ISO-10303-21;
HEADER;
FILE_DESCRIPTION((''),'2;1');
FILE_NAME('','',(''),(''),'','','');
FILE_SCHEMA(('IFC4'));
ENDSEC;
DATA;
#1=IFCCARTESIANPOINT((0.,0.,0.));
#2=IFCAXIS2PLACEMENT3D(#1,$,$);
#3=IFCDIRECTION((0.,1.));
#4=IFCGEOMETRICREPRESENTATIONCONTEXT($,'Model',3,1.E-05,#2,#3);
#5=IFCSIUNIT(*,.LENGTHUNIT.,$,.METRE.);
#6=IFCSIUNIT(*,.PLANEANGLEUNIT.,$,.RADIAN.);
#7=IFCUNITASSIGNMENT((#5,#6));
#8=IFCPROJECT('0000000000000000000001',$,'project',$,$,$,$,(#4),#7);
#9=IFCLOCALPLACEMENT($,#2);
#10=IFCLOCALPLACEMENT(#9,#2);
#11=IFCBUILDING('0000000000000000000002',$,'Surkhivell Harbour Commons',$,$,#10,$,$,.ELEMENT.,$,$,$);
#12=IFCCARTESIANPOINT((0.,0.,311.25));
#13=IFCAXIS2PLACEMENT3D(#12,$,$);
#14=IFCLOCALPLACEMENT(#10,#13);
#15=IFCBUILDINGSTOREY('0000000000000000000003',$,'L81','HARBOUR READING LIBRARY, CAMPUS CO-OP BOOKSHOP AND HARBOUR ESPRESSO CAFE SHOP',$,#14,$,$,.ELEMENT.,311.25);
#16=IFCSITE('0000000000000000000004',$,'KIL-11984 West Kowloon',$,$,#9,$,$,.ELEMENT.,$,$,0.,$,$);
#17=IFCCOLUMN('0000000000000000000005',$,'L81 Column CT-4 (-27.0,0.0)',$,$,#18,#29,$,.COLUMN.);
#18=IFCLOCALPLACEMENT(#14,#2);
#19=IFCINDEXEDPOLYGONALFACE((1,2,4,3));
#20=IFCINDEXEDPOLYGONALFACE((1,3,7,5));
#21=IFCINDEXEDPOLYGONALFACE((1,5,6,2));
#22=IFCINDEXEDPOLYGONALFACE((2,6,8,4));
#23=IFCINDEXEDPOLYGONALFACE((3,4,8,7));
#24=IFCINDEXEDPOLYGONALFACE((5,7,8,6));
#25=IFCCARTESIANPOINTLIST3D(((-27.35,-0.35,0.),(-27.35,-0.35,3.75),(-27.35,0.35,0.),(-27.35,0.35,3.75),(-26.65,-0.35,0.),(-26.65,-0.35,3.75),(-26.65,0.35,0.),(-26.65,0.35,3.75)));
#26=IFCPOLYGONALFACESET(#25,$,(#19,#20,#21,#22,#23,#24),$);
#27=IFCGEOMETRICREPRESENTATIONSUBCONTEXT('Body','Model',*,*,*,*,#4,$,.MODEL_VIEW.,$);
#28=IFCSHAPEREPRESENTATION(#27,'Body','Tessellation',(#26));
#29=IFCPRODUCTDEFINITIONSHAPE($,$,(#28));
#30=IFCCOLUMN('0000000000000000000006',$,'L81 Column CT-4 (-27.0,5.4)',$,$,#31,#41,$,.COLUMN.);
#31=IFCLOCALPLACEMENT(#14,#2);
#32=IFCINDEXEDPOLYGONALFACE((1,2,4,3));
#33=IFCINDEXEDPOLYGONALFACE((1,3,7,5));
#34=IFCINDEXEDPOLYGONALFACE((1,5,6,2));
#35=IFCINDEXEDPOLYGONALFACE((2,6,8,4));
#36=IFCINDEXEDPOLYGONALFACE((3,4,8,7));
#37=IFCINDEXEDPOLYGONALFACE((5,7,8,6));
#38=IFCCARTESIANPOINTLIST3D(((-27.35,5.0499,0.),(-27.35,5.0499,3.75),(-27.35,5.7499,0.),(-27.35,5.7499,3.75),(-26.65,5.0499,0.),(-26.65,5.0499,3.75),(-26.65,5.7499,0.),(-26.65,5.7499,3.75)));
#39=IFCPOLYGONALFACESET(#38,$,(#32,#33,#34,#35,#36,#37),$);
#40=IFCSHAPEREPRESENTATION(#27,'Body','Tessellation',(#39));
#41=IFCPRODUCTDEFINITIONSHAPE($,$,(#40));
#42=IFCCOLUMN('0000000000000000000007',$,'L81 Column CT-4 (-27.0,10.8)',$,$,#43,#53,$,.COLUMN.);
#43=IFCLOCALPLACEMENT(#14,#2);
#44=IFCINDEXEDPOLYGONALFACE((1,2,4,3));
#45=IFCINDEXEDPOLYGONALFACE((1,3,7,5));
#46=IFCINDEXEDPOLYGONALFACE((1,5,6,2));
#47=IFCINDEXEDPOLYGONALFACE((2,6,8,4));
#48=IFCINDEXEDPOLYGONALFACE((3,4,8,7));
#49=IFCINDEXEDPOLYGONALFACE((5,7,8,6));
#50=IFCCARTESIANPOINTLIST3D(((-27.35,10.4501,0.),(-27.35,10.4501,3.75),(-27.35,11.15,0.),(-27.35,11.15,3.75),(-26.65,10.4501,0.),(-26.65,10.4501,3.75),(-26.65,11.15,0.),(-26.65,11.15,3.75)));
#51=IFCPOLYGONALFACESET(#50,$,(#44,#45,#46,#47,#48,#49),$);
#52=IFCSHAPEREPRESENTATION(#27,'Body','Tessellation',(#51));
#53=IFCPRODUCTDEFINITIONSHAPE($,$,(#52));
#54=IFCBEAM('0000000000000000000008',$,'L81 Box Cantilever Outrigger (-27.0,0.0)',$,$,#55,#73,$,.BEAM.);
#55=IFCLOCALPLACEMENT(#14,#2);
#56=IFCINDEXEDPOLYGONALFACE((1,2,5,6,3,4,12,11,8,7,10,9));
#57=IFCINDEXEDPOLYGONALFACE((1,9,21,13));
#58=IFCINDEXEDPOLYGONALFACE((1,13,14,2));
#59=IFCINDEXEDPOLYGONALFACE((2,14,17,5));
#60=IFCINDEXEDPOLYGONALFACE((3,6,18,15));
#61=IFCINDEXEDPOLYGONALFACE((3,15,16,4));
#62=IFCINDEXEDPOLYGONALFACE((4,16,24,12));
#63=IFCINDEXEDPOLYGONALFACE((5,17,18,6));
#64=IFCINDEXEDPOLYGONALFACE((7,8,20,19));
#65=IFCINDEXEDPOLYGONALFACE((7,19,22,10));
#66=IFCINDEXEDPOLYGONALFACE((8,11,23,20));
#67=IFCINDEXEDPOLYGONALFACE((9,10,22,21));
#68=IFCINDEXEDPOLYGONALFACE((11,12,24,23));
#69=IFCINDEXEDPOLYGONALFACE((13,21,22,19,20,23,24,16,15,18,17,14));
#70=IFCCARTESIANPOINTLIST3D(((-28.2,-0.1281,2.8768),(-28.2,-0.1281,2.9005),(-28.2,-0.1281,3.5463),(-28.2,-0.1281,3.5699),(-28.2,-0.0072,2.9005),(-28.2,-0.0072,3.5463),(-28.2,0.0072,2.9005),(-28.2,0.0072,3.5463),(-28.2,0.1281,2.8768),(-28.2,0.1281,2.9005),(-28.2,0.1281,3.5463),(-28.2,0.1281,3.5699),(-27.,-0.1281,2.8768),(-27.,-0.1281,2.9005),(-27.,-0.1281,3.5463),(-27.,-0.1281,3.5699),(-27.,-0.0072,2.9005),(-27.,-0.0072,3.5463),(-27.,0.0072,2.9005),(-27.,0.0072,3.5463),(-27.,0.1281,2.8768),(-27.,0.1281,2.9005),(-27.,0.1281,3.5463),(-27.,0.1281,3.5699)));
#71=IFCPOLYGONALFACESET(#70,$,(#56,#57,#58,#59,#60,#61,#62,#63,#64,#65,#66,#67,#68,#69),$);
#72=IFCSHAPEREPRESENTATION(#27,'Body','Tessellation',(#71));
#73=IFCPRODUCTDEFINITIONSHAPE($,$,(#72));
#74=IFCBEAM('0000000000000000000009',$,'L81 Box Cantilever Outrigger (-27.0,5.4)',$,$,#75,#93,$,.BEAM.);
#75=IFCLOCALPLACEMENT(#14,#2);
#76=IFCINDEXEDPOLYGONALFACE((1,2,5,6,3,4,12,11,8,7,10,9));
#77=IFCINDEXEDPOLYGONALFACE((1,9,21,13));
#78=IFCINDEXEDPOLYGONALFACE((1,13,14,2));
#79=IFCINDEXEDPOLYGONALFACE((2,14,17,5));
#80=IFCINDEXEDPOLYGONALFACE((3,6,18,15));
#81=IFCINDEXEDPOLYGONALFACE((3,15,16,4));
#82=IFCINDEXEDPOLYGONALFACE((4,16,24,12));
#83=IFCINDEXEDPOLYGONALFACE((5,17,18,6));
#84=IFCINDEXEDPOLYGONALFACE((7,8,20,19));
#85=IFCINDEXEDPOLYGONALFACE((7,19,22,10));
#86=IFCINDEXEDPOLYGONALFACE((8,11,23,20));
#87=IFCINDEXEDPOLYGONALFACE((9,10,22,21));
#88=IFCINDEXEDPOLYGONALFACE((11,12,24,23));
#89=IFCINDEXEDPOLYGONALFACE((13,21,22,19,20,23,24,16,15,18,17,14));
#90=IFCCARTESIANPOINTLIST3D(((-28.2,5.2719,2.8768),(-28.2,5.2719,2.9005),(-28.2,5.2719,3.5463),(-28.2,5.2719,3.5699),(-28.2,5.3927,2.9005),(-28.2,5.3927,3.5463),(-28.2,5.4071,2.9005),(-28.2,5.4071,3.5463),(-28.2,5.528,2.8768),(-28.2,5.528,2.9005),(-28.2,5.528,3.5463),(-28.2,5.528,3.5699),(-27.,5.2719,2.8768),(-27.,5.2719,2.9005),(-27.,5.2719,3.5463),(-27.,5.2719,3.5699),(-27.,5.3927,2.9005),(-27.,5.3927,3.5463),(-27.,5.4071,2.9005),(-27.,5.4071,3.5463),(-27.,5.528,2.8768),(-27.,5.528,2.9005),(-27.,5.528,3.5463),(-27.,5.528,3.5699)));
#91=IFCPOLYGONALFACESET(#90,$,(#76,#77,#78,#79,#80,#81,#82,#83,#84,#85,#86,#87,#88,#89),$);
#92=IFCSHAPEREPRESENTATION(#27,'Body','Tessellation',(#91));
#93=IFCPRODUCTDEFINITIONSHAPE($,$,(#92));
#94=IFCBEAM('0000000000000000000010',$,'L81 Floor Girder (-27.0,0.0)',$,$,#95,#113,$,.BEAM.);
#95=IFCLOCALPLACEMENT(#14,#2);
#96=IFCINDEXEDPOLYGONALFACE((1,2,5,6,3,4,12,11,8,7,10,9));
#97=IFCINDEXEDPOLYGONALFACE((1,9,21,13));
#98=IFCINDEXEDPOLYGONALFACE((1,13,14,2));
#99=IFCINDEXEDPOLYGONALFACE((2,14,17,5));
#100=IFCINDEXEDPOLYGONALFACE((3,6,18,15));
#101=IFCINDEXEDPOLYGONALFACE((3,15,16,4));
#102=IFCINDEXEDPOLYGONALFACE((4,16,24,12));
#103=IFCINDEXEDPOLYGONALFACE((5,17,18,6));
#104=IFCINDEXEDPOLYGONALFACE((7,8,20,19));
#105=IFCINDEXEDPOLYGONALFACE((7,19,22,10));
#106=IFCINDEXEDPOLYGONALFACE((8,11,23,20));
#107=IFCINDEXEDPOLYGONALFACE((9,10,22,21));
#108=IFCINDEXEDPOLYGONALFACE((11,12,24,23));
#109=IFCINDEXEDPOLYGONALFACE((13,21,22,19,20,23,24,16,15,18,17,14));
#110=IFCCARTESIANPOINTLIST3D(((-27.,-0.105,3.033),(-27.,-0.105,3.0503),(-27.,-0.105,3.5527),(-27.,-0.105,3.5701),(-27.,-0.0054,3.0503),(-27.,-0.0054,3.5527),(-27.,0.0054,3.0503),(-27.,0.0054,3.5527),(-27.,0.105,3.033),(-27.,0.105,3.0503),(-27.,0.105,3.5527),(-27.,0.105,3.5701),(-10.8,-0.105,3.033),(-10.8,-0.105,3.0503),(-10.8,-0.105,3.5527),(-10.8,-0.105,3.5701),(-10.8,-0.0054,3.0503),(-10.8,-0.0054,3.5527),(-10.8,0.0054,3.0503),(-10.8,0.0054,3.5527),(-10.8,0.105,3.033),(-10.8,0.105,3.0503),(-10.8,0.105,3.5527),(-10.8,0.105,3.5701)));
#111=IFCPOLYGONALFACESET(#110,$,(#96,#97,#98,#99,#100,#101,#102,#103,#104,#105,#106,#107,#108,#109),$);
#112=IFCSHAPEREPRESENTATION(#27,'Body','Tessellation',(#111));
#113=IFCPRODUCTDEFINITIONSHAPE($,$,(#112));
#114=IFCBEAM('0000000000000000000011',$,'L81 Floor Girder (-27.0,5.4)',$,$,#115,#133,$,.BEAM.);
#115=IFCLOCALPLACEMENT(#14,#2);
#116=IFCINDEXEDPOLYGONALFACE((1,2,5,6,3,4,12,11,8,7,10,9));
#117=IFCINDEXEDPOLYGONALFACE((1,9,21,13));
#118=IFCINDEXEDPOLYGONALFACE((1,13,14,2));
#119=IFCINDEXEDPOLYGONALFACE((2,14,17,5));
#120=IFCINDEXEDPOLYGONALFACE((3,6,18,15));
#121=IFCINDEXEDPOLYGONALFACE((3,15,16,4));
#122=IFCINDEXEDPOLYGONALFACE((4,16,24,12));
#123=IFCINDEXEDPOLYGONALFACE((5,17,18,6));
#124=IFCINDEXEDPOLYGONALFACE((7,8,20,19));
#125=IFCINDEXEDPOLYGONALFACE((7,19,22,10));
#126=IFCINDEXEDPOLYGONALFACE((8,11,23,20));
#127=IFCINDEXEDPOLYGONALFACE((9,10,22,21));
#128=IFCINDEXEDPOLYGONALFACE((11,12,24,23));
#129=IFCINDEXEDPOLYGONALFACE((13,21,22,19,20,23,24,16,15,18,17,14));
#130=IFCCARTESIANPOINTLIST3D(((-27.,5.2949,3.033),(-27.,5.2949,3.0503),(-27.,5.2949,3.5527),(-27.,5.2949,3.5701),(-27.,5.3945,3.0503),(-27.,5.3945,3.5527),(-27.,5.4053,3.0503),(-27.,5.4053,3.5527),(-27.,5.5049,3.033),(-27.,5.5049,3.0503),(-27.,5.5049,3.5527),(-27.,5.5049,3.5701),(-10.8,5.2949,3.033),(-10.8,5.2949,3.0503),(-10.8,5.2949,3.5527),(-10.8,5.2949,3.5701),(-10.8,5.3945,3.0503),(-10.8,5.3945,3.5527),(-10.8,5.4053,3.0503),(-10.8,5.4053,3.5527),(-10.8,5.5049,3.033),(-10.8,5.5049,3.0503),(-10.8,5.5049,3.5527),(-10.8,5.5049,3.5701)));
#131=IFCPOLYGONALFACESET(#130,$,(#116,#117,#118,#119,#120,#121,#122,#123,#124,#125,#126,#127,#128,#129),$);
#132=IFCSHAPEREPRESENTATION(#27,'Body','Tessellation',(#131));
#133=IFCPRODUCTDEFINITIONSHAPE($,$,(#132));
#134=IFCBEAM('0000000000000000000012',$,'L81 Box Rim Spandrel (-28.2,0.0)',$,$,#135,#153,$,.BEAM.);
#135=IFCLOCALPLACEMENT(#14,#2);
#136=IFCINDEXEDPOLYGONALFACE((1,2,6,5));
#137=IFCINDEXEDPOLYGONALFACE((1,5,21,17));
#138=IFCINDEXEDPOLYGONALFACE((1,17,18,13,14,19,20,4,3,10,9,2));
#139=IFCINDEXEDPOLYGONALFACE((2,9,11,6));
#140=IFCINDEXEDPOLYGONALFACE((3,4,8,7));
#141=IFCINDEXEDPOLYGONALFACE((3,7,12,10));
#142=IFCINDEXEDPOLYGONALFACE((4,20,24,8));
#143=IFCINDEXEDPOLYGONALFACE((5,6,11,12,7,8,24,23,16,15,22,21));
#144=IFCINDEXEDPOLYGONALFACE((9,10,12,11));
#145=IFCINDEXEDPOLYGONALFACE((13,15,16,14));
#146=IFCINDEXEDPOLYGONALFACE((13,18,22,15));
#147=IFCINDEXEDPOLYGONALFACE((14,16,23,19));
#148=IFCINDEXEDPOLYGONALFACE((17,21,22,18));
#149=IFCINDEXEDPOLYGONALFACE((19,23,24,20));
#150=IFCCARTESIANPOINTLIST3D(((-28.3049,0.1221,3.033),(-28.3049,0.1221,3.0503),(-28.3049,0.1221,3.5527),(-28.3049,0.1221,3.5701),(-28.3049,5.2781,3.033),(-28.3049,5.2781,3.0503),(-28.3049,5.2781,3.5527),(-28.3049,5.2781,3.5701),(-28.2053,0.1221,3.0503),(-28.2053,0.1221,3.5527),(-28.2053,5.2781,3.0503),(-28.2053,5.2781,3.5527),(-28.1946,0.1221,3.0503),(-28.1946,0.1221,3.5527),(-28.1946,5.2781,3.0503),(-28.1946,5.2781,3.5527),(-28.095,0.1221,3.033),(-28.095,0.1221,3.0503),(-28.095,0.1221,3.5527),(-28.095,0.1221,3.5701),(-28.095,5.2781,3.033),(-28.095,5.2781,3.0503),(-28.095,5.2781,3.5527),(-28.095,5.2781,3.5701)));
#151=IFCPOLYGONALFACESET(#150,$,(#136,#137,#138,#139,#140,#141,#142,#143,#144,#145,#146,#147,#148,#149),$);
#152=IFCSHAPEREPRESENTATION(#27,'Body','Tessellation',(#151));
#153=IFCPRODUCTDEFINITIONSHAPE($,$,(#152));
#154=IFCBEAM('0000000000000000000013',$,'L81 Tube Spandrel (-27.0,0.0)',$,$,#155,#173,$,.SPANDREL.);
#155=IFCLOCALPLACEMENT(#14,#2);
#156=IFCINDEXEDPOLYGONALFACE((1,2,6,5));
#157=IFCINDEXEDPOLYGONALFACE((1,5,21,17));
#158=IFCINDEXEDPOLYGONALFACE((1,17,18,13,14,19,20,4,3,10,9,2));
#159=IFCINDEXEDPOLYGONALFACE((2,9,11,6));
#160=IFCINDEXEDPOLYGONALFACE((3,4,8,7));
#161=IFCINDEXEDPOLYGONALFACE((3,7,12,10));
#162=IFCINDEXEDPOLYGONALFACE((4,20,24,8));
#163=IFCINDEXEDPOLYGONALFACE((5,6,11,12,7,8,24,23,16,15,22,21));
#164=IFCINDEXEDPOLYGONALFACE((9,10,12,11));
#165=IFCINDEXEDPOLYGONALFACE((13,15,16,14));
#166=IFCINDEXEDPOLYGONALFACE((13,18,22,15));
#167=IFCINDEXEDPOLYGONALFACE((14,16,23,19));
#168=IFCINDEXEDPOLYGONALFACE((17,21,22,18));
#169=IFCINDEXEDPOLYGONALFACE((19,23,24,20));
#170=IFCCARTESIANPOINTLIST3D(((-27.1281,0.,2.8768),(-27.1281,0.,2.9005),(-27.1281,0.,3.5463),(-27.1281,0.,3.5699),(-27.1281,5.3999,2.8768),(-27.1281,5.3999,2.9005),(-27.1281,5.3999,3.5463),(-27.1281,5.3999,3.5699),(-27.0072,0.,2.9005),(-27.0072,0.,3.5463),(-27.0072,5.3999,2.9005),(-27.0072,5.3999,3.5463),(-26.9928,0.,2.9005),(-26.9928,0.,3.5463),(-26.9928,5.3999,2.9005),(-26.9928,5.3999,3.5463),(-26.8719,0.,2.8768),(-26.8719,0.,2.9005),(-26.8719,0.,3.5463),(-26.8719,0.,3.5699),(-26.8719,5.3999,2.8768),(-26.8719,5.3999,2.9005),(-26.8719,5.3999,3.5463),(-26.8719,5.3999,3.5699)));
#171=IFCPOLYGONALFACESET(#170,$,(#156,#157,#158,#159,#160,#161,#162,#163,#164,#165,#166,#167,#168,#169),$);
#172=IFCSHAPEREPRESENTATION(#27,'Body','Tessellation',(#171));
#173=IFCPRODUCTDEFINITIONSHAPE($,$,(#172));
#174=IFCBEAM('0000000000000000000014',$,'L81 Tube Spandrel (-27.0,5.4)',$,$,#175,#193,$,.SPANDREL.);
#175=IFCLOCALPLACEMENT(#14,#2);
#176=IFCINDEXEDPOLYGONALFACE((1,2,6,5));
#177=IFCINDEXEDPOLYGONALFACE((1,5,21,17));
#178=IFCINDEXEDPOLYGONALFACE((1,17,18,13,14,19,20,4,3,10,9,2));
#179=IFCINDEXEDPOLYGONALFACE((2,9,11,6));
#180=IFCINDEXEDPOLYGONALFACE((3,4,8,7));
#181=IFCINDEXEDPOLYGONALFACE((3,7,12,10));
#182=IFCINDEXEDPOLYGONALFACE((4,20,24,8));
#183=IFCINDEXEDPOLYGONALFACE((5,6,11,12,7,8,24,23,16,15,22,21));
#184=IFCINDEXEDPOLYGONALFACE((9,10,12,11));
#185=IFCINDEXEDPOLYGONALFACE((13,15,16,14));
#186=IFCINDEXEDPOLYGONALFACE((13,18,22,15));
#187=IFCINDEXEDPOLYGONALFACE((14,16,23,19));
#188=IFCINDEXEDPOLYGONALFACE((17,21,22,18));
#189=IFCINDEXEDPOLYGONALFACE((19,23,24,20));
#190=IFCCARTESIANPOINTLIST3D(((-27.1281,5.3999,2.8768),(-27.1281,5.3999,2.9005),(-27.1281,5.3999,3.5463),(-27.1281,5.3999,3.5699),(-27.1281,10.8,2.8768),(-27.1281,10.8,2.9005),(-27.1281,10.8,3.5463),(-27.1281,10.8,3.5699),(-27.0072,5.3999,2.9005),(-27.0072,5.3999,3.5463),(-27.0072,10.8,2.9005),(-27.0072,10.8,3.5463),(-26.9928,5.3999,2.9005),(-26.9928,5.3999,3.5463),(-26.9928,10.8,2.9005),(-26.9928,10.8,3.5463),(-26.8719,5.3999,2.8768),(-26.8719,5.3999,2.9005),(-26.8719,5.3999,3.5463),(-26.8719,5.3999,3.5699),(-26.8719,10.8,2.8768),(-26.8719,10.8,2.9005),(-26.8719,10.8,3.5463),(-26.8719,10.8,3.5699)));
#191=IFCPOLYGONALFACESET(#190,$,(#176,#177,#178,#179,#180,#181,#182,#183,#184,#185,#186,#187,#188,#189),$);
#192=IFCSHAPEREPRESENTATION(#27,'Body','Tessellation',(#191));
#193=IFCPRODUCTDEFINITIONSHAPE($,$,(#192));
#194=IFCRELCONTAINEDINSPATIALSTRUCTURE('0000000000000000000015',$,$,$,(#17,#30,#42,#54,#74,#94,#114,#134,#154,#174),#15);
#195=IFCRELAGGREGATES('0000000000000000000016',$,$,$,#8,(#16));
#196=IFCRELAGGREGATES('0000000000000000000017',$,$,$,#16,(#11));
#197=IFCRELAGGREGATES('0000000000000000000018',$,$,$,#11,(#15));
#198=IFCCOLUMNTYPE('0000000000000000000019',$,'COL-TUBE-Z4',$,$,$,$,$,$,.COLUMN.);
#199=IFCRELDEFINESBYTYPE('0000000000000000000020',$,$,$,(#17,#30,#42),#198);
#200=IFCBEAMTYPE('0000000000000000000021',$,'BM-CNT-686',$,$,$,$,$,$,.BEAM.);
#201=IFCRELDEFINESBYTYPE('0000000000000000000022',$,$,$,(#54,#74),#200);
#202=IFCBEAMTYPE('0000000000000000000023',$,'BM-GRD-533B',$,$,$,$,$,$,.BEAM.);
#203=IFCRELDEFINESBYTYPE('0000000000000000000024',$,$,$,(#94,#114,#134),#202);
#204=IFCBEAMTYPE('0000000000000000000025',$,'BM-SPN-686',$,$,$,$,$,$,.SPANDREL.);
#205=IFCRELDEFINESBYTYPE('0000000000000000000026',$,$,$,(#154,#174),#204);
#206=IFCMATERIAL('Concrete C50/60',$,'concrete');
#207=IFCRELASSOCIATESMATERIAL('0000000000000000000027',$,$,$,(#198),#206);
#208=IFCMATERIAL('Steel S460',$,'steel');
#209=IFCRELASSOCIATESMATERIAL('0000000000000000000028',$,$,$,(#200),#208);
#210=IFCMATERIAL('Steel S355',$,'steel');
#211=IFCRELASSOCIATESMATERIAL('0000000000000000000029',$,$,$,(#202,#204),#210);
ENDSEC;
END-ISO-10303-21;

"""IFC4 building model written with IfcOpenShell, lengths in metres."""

from ifc_helpers import new_model, si_unit, direction, frame, origin, origin_2d, place, context, subcontext, project, spatial, rectangle, i_section, extrude, material, material_profile, profile_set, type_object, element, save


model = new_model("IFC4")

# Units and contexts
model_context = context("Model", 3, precision=1e-05, world=origin(), true_north=direction((0.0, 1.0)))
body_context = subcontext(model_context, "Body", "Model", "MODEL_VIEW")
ifc_project = project(units=[si_unit("LENGTHUNIT", "METRE"), si_unit("PLANEANGLEUNIT", "RADIAN")], contexts=[model_context])

# Site, building, storey
site_placement = place(None, origin())
site = spatial("IfcSite", under=ifc_project, at=site_placement, Name="KIL-11984 West Kowloon", CompositionType="ELEMENT", RefElevation=0.0)
building_placement = place(site_placement, origin())
building = spatial("IfcBuilding", under=site, at=building_placement, Name="Surkhivell Harbour Commons", CompositionType="ELEMENT")
storey_placement = place(building_placement, frame((0.0, 0.0, 311.25)))
storey = spatial("IfcBuildingStorey", under=building, at=storey_placement, Name="L81", Description="HARBOUR READING LIBRARY, CAMPUS CO-OP BOOKSHOP AND HARBOUR ESPRESSO CAFE SHOP", CompositionType="ELEMENT", Elevation=311.25)

# Columns
ifc_material_1 = material(Name="Concrete C50/60", Category="concrete")
ifc_material_profile_1 = material_profile(ifc_material_1, rectangle(XDim=0.7, YDim=0.7, at=origin_2d()), Name="RC-COL-700x700")
ifc_profile_set_1 = profile_set([ifc_material_profile_1], Name="Concrete C50/60")
column_type = type_object("IfcColumnType", Name="COL-TUBE-Z4", PredefinedType="COLUMN", material=ifc_profile_set_1)
for number, where, z_axis, x_axis, name in (
    (1, (-27.0, 0.0, 0.0), (0.0, 0.0, 1.0), (1.0, 0.0, 0.0), "L81 Column CT-4 (-27.0,0.0)"),
    (2, (-27.0, 5.3999, 0.0), (0.0, 0.0, 1.0), (1.0, 0.0, 0.0), "L81 Column CT-4 (-27.0,5.4)"),
    (3, (-27.0, 10.8, 0.0), (0.0, 0.0, 1.0), (1.0, 0.0, 0.0), "L81 Column CT-4 (-27.0,10.8)"),
):
    element("IfcColumn", number, at=place(storey_placement, frame(where, z_axis=z_axis, x_axis=x_axis)), inside=storey, type_object=column_type, Name=name, PredefinedType="COLUMN", context=body_context, shape_type="SweptSolid", body=[
        extrude(rectangle(XDim=0.7, YDim=0.7, at=origin_2d()), origin(), (0.0, 0.0, 1.0), 3.75),
    ])

# Beams
ifc_material_2 = material(Name="Steel S460", Category="steel")
ifc_material_profile_2 = material_profile(ifc_material_2, i_section(OverallWidth=0.2561, OverallDepth=0.6931, WebThickness=0.0144, FlangeThickness=0.0237, at=origin_2d()), Name="UB686x254x170")
ifc_profile_set_2 = profile_set([ifc_material_profile_2], Name="Steel S460")
beam_type_1 = type_object("IfcBeamType", Name="BM-CNT-686", PredefinedType="BEAM", material=ifc_profile_set_2)
for number, where, z_axis, x_axis, name in (
    (4, (-27.0, 0.0, 3.2234), (-1.0, 0.0, 0.0), (0.0, -1.0, 0.0), "L81 Box Cantilever Outrigger (-27.0,0.0)"),
    (5, (-27.0, 5.3999, 3.2234), (-1.0, 0.0, 0.0), (0.0, -1.0, 0.0), "L81 Box Cantilever Outrigger (-27.0,5.4)"),
):
    element("IfcBeam", number, at=place(storey_placement, frame(where, z_axis=z_axis, x_axis=x_axis)), inside=storey, type_object=beam_type_1, Name=name, PredefinedType="BEAM", context=body_context, shape_type="SweptSolid", body=[
        extrude(i_section(OverallWidth=0.2561, OverallDepth=0.6931, WebThickness=0.0144, FlangeThickness=0.0237, at=origin_2d()), origin(), (0.0, 0.0, 1.0), 1.2),
    ])
ifc_material_3 = material(Name="Steel S355", Category="steel")
ifc_material_profile_3 = material_profile(ifc_material_3, i_section(OverallWidth=0.21, OverallDepth=0.5371, WebThickness=0.0107, FlangeThickness=0.0173, at=origin_2d()), Name="UB533x210x101")
ifc_profile_set_3 = profile_set([ifc_material_profile_3], Name="Steel S355")
beam_type_2 = type_object("IfcBeamType", Name="BM-GRD-533B", PredefinedType="BEAM", material=ifc_profile_set_3)
for number, where, z_axis, x_axis, name in (
    (6, (-27.0, 0.0, 3.3015), (1.0, 0.0, 0.0), (0.0, 1.0, 0.0), "L81 Floor Girder (-27.0,0.0)"),
    (7, (-27.0, 5.3999, 3.3015), (1.0, 0.0, 0.0), (0.0, 1.0, 0.0), "L81 Floor Girder (-27.0,5.4)"),
):
    element("IfcBeam", number, at=place(storey_placement, frame(where, z_axis=z_axis, x_axis=x_axis)), inside=storey, type_object=beam_type_2, Name=name, PredefinedType="BEAM", context=body_context, shape_type="SweptSolid", body=[
        extrude(i_section(OverallWidth=0.21, OverallDepth=0.5371, WebThickness=0.0107, FlangeThickness=0.0173, at=origin_2d()), origin(), (0.0, 0.0, 1.0), 16.2),
    ])
beam_1_placement = place(storey_placement, frame((-28.2, 0.1221, 3.3015), z_axis=(0.0, 1.0, 0.0), x_axis=(-1.0, 0.0, 0.0)))
element("IfcBeam", 8, at=beam_1_placement, inside=storey, type_object=beam_type_2, Name="L81 Box Rim Spandrel (-28.2,0.0)", PredefinedType="BEAM", context=body_context, shape_type="SweptSolid", body=[
    extrude(i_section(OverallWidth=0.21, OverallDepth=0.5371, WebThickness=0.0107, FlangeThickness=0.0173, at=origin_2d()), origin(), (0.0, 0.0, 1.0), 5.156),
])
ifc_material_profile_4 = material_profile(ifc_material_3, i_section(OverallWidth=0.2561, OverallDepth=0.6931, WebThickness=0.0144, FlangeThickness=0.0237, at=origin_2d()), Name="UB686x254x170")
ifc_profile_set_4 = profile_set([ifc_material_profile_4], Name="Steel S355")
beam_type_3 = type_object("IfcBeamType", Name="BM-SPN-686", PredefinedType="SPANDREL", material=ifc_profile_set_4)
beam_2_placement = place(storey_placement, frame((-27.0, 0.0, 3.2234), z_axis=(0.0, 1.0, 0.0), x_axis=(-1.0, 0.0, 0.0)))
element("IfcBeam", 9, at=beam_2_placement, inside=storey, type_object=beam_type_3, Name="L81 Tube Spandrel (-27.0,0.0)", PredefinedType="SPANDREL", context=body_context, shape_type="SweptSolid", body=[
    extrude(i_section(OverallWidth=0.2561, OverallDepth=0.6931, WebThickness=0.0144, FlangeThickness=0.0237, at=origin_2d()), origin(), (0.0, 0.0, 1.0), 5.3999),
])
beam_3_placement = place(storey_placement, frame((-27.0, 5.3999, 3.2234), z_axis=(0.0, 1.0, 0.0), x_axis=(-1.0, 0.0, 0.0)))
element("IfcBeam", 10, at=beam_3_placement, inside=storey, type_object=beam_type_3, Name="L81 Tube Spandrel (-27.0,5.4)", PredefinedType="SPANDREL", context=body_context, shape_type="SweptSolid", body=[
    extrude(i_section(OverallWidth=0.2561, OverallDepth=0.6931, WebThickness=0.0144, FlangeThickness=0.0237, at=origin_2d()), origin(), (0.0, 0.0, 1.0), 5.4001),
])

save(model, "model.ifc")
